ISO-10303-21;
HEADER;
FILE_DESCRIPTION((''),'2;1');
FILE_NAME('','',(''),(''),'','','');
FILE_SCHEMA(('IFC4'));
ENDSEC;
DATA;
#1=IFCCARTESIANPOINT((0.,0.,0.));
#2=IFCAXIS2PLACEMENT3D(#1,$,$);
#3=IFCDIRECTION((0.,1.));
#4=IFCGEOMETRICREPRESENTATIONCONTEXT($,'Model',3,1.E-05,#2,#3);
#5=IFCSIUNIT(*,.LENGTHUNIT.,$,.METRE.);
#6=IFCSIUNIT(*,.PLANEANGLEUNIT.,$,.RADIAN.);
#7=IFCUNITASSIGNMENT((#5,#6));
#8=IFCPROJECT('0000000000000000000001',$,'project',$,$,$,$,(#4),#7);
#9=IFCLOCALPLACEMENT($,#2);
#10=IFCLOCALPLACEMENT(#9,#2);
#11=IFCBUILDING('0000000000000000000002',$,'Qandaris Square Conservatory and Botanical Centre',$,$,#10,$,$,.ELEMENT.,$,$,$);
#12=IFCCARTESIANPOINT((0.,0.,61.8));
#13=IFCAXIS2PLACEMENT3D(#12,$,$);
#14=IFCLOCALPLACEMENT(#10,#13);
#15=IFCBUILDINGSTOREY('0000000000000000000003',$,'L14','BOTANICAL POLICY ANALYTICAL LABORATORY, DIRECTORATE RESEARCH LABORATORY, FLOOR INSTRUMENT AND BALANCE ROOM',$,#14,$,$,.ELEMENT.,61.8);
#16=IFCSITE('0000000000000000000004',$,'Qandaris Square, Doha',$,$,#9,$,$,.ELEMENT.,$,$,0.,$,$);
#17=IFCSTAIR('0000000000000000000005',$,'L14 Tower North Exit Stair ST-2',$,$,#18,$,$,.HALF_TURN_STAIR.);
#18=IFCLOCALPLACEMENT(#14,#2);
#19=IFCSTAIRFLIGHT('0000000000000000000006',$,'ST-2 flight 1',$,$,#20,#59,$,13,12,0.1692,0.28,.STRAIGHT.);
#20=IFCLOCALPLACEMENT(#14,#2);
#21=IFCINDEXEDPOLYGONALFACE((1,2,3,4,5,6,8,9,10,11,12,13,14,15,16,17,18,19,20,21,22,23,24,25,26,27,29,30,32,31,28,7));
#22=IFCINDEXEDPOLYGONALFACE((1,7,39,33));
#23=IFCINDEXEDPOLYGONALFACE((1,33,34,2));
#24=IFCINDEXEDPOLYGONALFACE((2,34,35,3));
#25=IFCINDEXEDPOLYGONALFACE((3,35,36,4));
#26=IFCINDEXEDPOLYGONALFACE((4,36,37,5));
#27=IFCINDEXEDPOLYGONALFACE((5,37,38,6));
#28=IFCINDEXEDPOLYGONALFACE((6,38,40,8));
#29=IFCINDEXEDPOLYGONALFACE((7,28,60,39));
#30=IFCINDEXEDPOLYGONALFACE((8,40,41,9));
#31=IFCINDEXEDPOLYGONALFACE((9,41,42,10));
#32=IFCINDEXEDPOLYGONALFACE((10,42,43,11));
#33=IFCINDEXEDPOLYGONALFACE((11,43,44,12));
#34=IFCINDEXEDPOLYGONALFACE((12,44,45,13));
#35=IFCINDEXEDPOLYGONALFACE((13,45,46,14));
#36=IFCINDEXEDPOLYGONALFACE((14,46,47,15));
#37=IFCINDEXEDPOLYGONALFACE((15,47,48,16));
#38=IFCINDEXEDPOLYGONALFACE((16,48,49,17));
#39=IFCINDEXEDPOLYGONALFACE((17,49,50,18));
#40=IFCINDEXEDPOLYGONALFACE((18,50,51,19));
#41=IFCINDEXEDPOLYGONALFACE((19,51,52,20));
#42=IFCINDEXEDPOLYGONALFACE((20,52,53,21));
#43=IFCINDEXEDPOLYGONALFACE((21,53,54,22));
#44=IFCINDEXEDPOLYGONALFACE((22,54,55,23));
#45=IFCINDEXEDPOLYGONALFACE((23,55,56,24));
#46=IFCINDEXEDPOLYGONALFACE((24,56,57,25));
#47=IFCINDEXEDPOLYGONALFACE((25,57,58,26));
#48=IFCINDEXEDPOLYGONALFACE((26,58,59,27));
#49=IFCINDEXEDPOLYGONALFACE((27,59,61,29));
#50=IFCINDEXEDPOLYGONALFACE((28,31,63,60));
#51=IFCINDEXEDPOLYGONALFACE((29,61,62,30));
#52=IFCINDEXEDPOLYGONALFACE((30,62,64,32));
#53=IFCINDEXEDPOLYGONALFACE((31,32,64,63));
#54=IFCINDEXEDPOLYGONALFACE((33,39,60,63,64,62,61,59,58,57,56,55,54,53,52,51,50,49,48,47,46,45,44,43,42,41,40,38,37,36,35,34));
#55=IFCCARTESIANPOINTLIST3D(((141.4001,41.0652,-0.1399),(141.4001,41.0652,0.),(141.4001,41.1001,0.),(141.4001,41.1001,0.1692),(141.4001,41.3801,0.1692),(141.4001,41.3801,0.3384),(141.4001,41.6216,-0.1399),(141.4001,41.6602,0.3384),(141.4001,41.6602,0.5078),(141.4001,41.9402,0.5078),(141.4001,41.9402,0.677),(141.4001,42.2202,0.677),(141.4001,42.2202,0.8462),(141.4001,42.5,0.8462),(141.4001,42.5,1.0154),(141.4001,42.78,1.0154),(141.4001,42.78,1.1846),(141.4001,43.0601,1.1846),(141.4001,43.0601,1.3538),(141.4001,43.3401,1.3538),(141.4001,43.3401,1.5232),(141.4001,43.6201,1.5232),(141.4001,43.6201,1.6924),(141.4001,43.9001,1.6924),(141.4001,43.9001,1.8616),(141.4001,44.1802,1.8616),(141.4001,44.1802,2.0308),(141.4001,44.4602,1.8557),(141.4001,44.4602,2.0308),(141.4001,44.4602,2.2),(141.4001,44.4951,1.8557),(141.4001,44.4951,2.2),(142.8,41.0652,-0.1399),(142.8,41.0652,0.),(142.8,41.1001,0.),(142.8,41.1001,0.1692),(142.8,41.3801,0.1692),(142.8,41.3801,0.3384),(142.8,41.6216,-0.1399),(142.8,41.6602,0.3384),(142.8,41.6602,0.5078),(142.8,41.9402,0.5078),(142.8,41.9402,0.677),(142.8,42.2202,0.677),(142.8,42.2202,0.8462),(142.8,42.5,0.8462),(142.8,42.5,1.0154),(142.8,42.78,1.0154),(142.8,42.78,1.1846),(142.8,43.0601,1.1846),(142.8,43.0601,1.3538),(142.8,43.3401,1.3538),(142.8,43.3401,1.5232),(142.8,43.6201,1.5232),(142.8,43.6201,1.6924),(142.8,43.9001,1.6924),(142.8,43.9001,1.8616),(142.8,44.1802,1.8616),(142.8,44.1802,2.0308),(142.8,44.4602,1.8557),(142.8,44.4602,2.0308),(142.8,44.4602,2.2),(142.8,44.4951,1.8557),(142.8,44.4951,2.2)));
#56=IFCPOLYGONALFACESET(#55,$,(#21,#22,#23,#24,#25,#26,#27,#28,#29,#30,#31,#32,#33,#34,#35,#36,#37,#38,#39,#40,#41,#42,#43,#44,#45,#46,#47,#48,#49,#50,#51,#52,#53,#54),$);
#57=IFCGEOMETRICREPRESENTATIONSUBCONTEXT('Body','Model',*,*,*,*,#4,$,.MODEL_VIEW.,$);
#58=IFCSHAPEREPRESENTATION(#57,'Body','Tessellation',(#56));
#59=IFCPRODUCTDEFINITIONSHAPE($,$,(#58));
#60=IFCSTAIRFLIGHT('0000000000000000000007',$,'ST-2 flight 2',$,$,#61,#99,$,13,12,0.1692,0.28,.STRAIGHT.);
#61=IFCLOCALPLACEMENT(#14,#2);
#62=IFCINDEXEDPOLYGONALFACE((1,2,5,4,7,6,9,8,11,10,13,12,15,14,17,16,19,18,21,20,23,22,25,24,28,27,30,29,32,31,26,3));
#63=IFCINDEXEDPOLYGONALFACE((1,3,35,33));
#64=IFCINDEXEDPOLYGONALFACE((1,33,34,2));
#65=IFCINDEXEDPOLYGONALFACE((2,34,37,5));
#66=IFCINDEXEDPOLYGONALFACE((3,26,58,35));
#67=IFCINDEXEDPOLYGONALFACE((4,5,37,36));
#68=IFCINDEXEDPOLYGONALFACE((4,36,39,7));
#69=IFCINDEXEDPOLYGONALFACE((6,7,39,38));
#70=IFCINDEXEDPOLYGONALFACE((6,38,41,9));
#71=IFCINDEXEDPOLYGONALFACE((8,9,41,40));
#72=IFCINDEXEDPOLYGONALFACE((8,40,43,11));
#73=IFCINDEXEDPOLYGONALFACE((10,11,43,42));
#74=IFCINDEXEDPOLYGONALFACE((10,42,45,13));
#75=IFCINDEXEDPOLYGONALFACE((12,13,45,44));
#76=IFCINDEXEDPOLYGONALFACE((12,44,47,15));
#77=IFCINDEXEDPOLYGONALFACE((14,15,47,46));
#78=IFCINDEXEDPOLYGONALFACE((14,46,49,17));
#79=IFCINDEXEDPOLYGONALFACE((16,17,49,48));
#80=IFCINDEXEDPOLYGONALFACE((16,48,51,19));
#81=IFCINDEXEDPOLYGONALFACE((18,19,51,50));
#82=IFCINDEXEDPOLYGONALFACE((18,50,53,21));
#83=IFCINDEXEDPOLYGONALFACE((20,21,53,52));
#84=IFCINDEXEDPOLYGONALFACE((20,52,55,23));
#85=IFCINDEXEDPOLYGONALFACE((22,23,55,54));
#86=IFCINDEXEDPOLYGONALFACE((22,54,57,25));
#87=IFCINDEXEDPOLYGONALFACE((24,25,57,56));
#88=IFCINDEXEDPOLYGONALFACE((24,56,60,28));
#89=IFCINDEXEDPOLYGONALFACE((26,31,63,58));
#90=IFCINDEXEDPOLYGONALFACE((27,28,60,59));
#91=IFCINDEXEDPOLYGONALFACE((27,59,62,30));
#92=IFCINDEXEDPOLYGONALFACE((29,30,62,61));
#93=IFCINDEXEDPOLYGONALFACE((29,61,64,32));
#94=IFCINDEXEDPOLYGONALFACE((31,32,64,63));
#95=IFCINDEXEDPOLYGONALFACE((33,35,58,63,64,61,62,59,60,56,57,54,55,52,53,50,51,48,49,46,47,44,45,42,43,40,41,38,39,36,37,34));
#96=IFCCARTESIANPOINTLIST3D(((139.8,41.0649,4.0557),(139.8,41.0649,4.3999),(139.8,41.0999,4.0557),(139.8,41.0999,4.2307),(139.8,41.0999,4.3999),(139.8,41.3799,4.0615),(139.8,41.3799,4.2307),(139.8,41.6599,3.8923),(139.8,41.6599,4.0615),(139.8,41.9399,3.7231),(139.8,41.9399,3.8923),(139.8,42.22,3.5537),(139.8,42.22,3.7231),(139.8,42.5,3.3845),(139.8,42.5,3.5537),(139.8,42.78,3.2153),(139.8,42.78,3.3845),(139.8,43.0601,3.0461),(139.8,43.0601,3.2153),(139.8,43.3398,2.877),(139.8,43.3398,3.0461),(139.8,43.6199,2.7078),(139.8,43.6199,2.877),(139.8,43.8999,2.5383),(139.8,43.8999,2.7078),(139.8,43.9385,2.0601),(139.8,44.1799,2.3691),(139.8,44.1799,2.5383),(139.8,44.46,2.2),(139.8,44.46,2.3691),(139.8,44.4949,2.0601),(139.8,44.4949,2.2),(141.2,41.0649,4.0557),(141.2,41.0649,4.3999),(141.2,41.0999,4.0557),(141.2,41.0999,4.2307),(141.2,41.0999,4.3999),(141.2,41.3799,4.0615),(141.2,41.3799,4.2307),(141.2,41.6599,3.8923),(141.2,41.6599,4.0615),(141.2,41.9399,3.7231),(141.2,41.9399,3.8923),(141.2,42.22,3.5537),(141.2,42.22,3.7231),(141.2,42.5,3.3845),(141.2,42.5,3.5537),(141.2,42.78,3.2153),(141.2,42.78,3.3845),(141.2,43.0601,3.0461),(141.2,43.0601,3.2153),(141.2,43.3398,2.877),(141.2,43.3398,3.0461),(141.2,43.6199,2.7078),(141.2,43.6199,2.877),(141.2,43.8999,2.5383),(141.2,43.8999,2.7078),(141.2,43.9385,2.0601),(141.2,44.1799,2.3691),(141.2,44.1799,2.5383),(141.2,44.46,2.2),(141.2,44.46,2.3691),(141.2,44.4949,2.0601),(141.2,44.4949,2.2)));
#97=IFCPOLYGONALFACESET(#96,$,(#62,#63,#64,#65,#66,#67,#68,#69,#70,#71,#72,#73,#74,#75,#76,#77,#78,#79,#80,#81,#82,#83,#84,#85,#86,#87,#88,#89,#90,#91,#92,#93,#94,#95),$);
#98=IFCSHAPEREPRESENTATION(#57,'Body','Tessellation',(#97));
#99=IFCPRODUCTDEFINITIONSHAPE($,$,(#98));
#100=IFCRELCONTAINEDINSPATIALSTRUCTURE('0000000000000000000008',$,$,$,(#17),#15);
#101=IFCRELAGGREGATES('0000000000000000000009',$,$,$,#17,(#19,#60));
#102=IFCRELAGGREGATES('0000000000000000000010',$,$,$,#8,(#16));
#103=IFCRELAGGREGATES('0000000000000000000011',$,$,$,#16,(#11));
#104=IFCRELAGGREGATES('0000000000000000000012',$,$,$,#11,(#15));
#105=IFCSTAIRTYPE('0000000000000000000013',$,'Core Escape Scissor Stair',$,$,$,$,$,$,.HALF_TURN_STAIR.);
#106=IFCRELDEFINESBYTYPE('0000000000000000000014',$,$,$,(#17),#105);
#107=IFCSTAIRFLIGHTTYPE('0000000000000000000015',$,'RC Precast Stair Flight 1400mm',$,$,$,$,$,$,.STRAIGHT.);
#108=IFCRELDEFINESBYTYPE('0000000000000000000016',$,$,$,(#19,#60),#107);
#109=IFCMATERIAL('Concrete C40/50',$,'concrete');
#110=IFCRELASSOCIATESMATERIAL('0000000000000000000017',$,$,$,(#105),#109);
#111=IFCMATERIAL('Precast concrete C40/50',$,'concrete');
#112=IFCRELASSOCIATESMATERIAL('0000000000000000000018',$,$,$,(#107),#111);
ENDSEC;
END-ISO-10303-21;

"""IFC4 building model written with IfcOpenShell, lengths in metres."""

from ifc_helpers import new_model, si_unit, direction, frame, origin, place, context, subcontext, project, spatial, polyline, outline, extrude, material, type_object, element, aggregate, save


model = new_model("IFC4")

# Units and contexts
model_context = context("Model", 3, precision=1e-05, world=origin(), true_north=direction((0.0, 1.0)))
body_context = subcontext(model_context, "Body", "Model", "MODEL_VIEW")
ifc_project = project(units=[si_unit("LENGTHUNIT", "METRE"), si_unit("PLANEANGLEUNIT", "RADIAN")], contexts=[model_context])

# Site, building, storey
site_placement = place(None, origin())
site = spatial("IfcSite", under=ifc_project, at=site_placement, Name="Qandaris Square, Doha", CompositionType="ELEMENT", RefElevation=0.0)
building_placement = place(site_placement, origin())
building = spatial("IfcBuilding", under=site, at=building_placement, Name="Qandaris Square Conservatory and Botanical Centre", CompositionType="ELEMENT")
storey_placement = place(building_placement, frame((0.0, 0.0, 61.8)))
storey = spatial("IfcBuildingStorey", under=building, at=storey_placement, Name="L14", Description="BOTANICAL POLICY ANALYTICAL LABORATORY, DIRECTORATE RESEARCH LABORATORY, FLOOR INSTRUMENT AND BALANCE ROOM", CompositionType="ELEMENT", Elevation=61.8)

# Shared definitions
ifc_material_1 = material(Name="Precast concrete C40/50", Category="concrete")

# Shared definitions
ifc_material_2 = material(Name="Concrete C40/50", Category="concrete")

# Stair, stair flights
stair_type = type_object("IfcStairType", Name="Core Escape Scissor Stair", PredefinedType="HALF_TURN_STAIR", material=ifc_material_2)
stair_placement = place(storey_placement, origin())
stair = element("IfcStair", 1, at=stair_placement, inside=storey, type_object=stair_type, Name="L14 Tower North Exit Stair ST-2", PredefinedType="HALF_TURN_STAIR")
stair_flight_type = type_object("IfcStairFlightType", Name="RC Precast Stair Flight 1400mm", PredefinedType="STRAIGHT", material=ifc_material_1)
stair_flight_1_placement = place(storey_placement, frame((142.1001, 41.1001, 0.0), z_axis=(0.0, 0.0, 1.0), x_axis=(0.0, 1.0, 0.0)))
stair_flight_1 = element("IfcStairFlight", 2, at=stair_flight_1_placement, type_object=stair_flight_type, Name="ST-2 flight 1", NumberOfRisers=13, NumberOfTreads=12, PredefinedType="STRAIGHT", RiserHeight=0.1692, TreadLength=0.28, context=body_context, shape_type="SweptSolid", body=[
    extrude(outline(polyline([(-0.0349, 0.0), (0.0, 0.0), (0.0, 0.1692), (0.28, 0.1692), (0.28, 0.3384), (0.5601, 0.3384), (0.5601, 0.5078), (0.8401, 0.5078), (0.8401, 0.677), (1.1201, 0.677), (1.1201, 0.8462), (1.3999, 0.8462), (1.3999, 1.0154), (1.6799, 1.0154), (1.6799, 1.1846), (1.96, 1.1846), (1.96, 1.3538), (2.24, 1.3538), (2.24, 1.5232), (2.52, 1.5232), (2.52, 1.6924), (2.8, 1.6924), (2.8, 1.8616), (3.0801, 1.8616), (3.0801, 2.0308), (3.3601, 2.0308), (3.3601, 2.2), (3.395, 2.2), (3.395, 1.8557), (3.3601, 1.8557), (0.5215, -0.1399), (-0.0349, -0.1399), (-0.0349, 0.0)])), frame((0.0, 0.7, 0.0), z_axis=(0.0, -1.0, 0.0), x_axis=(1.0, 0.0, 0.0)), (0.0, 0.0, 1.0), 1.3999),
])
stair_flight_2_placement = place(storey_placement, frame((140.5, 44.46, 2.2), z_axis=(0.0, 0.0, 1.0), x_axis=(0.0, -1.0, 0.0)))
stair_flight_2 = element("IfcStairFlight", 3, at=stair_flight_2_placement, type_object=stair_flight_type, Name="ST-2 flight 2", NumberOfRisers=13, NumberOfTreads=12, PredefinedType="STRAIGHT", RiserHeight=0.1692, TreadLength=0.28, context=body_context, shape_type="SweptSolid", body=[
    extrude(outline(polyline([(-0.0349, 0.0), (0.0, 0.0), (0.0, 0.1692), (0.28, 0.1692), (0.28, 0.3384), (0.5601, 0.3384), (0.5601, 0.5078), (0.8401, 0.5078), (0.8401, 0.677), (1.1201, 0.677), (1.1201, 0.8462), (1.3999, 0.8462), (1.3999, 1.0154), (1.6799, 1.0154), (1.6799, 1.1846), (1.96, 1.1846), (1.96, 1.3538), (2.24, 1.3538), (2.24, 1.5232), (2.52, 1.5232), (2.52, 1.6924), (2.8, 1.6924), (2.8, 1.8616), (3.0801, 1.8616), (3.0801, 2.0308), (3.3601, 2.0308), (3.3601, 2.2), (3.395, 2.2), (3.395, 1.8557), (3.3601, 1.8557), (0.5215, -0.1399), (-0.0349, -0.1399), (-0.0349, 0.0)])), frame((0.0, 0.7, 0.0), z_axis=(0.0, -1.0, 0.0), x_axis=(1.0, 0.0, 0.0)), (0.0, 0.0, 1.0), 1.3999),
])
aggregate(stair, [stair_flight_1, stair_flight_2])

save(model, "model.ifc")
